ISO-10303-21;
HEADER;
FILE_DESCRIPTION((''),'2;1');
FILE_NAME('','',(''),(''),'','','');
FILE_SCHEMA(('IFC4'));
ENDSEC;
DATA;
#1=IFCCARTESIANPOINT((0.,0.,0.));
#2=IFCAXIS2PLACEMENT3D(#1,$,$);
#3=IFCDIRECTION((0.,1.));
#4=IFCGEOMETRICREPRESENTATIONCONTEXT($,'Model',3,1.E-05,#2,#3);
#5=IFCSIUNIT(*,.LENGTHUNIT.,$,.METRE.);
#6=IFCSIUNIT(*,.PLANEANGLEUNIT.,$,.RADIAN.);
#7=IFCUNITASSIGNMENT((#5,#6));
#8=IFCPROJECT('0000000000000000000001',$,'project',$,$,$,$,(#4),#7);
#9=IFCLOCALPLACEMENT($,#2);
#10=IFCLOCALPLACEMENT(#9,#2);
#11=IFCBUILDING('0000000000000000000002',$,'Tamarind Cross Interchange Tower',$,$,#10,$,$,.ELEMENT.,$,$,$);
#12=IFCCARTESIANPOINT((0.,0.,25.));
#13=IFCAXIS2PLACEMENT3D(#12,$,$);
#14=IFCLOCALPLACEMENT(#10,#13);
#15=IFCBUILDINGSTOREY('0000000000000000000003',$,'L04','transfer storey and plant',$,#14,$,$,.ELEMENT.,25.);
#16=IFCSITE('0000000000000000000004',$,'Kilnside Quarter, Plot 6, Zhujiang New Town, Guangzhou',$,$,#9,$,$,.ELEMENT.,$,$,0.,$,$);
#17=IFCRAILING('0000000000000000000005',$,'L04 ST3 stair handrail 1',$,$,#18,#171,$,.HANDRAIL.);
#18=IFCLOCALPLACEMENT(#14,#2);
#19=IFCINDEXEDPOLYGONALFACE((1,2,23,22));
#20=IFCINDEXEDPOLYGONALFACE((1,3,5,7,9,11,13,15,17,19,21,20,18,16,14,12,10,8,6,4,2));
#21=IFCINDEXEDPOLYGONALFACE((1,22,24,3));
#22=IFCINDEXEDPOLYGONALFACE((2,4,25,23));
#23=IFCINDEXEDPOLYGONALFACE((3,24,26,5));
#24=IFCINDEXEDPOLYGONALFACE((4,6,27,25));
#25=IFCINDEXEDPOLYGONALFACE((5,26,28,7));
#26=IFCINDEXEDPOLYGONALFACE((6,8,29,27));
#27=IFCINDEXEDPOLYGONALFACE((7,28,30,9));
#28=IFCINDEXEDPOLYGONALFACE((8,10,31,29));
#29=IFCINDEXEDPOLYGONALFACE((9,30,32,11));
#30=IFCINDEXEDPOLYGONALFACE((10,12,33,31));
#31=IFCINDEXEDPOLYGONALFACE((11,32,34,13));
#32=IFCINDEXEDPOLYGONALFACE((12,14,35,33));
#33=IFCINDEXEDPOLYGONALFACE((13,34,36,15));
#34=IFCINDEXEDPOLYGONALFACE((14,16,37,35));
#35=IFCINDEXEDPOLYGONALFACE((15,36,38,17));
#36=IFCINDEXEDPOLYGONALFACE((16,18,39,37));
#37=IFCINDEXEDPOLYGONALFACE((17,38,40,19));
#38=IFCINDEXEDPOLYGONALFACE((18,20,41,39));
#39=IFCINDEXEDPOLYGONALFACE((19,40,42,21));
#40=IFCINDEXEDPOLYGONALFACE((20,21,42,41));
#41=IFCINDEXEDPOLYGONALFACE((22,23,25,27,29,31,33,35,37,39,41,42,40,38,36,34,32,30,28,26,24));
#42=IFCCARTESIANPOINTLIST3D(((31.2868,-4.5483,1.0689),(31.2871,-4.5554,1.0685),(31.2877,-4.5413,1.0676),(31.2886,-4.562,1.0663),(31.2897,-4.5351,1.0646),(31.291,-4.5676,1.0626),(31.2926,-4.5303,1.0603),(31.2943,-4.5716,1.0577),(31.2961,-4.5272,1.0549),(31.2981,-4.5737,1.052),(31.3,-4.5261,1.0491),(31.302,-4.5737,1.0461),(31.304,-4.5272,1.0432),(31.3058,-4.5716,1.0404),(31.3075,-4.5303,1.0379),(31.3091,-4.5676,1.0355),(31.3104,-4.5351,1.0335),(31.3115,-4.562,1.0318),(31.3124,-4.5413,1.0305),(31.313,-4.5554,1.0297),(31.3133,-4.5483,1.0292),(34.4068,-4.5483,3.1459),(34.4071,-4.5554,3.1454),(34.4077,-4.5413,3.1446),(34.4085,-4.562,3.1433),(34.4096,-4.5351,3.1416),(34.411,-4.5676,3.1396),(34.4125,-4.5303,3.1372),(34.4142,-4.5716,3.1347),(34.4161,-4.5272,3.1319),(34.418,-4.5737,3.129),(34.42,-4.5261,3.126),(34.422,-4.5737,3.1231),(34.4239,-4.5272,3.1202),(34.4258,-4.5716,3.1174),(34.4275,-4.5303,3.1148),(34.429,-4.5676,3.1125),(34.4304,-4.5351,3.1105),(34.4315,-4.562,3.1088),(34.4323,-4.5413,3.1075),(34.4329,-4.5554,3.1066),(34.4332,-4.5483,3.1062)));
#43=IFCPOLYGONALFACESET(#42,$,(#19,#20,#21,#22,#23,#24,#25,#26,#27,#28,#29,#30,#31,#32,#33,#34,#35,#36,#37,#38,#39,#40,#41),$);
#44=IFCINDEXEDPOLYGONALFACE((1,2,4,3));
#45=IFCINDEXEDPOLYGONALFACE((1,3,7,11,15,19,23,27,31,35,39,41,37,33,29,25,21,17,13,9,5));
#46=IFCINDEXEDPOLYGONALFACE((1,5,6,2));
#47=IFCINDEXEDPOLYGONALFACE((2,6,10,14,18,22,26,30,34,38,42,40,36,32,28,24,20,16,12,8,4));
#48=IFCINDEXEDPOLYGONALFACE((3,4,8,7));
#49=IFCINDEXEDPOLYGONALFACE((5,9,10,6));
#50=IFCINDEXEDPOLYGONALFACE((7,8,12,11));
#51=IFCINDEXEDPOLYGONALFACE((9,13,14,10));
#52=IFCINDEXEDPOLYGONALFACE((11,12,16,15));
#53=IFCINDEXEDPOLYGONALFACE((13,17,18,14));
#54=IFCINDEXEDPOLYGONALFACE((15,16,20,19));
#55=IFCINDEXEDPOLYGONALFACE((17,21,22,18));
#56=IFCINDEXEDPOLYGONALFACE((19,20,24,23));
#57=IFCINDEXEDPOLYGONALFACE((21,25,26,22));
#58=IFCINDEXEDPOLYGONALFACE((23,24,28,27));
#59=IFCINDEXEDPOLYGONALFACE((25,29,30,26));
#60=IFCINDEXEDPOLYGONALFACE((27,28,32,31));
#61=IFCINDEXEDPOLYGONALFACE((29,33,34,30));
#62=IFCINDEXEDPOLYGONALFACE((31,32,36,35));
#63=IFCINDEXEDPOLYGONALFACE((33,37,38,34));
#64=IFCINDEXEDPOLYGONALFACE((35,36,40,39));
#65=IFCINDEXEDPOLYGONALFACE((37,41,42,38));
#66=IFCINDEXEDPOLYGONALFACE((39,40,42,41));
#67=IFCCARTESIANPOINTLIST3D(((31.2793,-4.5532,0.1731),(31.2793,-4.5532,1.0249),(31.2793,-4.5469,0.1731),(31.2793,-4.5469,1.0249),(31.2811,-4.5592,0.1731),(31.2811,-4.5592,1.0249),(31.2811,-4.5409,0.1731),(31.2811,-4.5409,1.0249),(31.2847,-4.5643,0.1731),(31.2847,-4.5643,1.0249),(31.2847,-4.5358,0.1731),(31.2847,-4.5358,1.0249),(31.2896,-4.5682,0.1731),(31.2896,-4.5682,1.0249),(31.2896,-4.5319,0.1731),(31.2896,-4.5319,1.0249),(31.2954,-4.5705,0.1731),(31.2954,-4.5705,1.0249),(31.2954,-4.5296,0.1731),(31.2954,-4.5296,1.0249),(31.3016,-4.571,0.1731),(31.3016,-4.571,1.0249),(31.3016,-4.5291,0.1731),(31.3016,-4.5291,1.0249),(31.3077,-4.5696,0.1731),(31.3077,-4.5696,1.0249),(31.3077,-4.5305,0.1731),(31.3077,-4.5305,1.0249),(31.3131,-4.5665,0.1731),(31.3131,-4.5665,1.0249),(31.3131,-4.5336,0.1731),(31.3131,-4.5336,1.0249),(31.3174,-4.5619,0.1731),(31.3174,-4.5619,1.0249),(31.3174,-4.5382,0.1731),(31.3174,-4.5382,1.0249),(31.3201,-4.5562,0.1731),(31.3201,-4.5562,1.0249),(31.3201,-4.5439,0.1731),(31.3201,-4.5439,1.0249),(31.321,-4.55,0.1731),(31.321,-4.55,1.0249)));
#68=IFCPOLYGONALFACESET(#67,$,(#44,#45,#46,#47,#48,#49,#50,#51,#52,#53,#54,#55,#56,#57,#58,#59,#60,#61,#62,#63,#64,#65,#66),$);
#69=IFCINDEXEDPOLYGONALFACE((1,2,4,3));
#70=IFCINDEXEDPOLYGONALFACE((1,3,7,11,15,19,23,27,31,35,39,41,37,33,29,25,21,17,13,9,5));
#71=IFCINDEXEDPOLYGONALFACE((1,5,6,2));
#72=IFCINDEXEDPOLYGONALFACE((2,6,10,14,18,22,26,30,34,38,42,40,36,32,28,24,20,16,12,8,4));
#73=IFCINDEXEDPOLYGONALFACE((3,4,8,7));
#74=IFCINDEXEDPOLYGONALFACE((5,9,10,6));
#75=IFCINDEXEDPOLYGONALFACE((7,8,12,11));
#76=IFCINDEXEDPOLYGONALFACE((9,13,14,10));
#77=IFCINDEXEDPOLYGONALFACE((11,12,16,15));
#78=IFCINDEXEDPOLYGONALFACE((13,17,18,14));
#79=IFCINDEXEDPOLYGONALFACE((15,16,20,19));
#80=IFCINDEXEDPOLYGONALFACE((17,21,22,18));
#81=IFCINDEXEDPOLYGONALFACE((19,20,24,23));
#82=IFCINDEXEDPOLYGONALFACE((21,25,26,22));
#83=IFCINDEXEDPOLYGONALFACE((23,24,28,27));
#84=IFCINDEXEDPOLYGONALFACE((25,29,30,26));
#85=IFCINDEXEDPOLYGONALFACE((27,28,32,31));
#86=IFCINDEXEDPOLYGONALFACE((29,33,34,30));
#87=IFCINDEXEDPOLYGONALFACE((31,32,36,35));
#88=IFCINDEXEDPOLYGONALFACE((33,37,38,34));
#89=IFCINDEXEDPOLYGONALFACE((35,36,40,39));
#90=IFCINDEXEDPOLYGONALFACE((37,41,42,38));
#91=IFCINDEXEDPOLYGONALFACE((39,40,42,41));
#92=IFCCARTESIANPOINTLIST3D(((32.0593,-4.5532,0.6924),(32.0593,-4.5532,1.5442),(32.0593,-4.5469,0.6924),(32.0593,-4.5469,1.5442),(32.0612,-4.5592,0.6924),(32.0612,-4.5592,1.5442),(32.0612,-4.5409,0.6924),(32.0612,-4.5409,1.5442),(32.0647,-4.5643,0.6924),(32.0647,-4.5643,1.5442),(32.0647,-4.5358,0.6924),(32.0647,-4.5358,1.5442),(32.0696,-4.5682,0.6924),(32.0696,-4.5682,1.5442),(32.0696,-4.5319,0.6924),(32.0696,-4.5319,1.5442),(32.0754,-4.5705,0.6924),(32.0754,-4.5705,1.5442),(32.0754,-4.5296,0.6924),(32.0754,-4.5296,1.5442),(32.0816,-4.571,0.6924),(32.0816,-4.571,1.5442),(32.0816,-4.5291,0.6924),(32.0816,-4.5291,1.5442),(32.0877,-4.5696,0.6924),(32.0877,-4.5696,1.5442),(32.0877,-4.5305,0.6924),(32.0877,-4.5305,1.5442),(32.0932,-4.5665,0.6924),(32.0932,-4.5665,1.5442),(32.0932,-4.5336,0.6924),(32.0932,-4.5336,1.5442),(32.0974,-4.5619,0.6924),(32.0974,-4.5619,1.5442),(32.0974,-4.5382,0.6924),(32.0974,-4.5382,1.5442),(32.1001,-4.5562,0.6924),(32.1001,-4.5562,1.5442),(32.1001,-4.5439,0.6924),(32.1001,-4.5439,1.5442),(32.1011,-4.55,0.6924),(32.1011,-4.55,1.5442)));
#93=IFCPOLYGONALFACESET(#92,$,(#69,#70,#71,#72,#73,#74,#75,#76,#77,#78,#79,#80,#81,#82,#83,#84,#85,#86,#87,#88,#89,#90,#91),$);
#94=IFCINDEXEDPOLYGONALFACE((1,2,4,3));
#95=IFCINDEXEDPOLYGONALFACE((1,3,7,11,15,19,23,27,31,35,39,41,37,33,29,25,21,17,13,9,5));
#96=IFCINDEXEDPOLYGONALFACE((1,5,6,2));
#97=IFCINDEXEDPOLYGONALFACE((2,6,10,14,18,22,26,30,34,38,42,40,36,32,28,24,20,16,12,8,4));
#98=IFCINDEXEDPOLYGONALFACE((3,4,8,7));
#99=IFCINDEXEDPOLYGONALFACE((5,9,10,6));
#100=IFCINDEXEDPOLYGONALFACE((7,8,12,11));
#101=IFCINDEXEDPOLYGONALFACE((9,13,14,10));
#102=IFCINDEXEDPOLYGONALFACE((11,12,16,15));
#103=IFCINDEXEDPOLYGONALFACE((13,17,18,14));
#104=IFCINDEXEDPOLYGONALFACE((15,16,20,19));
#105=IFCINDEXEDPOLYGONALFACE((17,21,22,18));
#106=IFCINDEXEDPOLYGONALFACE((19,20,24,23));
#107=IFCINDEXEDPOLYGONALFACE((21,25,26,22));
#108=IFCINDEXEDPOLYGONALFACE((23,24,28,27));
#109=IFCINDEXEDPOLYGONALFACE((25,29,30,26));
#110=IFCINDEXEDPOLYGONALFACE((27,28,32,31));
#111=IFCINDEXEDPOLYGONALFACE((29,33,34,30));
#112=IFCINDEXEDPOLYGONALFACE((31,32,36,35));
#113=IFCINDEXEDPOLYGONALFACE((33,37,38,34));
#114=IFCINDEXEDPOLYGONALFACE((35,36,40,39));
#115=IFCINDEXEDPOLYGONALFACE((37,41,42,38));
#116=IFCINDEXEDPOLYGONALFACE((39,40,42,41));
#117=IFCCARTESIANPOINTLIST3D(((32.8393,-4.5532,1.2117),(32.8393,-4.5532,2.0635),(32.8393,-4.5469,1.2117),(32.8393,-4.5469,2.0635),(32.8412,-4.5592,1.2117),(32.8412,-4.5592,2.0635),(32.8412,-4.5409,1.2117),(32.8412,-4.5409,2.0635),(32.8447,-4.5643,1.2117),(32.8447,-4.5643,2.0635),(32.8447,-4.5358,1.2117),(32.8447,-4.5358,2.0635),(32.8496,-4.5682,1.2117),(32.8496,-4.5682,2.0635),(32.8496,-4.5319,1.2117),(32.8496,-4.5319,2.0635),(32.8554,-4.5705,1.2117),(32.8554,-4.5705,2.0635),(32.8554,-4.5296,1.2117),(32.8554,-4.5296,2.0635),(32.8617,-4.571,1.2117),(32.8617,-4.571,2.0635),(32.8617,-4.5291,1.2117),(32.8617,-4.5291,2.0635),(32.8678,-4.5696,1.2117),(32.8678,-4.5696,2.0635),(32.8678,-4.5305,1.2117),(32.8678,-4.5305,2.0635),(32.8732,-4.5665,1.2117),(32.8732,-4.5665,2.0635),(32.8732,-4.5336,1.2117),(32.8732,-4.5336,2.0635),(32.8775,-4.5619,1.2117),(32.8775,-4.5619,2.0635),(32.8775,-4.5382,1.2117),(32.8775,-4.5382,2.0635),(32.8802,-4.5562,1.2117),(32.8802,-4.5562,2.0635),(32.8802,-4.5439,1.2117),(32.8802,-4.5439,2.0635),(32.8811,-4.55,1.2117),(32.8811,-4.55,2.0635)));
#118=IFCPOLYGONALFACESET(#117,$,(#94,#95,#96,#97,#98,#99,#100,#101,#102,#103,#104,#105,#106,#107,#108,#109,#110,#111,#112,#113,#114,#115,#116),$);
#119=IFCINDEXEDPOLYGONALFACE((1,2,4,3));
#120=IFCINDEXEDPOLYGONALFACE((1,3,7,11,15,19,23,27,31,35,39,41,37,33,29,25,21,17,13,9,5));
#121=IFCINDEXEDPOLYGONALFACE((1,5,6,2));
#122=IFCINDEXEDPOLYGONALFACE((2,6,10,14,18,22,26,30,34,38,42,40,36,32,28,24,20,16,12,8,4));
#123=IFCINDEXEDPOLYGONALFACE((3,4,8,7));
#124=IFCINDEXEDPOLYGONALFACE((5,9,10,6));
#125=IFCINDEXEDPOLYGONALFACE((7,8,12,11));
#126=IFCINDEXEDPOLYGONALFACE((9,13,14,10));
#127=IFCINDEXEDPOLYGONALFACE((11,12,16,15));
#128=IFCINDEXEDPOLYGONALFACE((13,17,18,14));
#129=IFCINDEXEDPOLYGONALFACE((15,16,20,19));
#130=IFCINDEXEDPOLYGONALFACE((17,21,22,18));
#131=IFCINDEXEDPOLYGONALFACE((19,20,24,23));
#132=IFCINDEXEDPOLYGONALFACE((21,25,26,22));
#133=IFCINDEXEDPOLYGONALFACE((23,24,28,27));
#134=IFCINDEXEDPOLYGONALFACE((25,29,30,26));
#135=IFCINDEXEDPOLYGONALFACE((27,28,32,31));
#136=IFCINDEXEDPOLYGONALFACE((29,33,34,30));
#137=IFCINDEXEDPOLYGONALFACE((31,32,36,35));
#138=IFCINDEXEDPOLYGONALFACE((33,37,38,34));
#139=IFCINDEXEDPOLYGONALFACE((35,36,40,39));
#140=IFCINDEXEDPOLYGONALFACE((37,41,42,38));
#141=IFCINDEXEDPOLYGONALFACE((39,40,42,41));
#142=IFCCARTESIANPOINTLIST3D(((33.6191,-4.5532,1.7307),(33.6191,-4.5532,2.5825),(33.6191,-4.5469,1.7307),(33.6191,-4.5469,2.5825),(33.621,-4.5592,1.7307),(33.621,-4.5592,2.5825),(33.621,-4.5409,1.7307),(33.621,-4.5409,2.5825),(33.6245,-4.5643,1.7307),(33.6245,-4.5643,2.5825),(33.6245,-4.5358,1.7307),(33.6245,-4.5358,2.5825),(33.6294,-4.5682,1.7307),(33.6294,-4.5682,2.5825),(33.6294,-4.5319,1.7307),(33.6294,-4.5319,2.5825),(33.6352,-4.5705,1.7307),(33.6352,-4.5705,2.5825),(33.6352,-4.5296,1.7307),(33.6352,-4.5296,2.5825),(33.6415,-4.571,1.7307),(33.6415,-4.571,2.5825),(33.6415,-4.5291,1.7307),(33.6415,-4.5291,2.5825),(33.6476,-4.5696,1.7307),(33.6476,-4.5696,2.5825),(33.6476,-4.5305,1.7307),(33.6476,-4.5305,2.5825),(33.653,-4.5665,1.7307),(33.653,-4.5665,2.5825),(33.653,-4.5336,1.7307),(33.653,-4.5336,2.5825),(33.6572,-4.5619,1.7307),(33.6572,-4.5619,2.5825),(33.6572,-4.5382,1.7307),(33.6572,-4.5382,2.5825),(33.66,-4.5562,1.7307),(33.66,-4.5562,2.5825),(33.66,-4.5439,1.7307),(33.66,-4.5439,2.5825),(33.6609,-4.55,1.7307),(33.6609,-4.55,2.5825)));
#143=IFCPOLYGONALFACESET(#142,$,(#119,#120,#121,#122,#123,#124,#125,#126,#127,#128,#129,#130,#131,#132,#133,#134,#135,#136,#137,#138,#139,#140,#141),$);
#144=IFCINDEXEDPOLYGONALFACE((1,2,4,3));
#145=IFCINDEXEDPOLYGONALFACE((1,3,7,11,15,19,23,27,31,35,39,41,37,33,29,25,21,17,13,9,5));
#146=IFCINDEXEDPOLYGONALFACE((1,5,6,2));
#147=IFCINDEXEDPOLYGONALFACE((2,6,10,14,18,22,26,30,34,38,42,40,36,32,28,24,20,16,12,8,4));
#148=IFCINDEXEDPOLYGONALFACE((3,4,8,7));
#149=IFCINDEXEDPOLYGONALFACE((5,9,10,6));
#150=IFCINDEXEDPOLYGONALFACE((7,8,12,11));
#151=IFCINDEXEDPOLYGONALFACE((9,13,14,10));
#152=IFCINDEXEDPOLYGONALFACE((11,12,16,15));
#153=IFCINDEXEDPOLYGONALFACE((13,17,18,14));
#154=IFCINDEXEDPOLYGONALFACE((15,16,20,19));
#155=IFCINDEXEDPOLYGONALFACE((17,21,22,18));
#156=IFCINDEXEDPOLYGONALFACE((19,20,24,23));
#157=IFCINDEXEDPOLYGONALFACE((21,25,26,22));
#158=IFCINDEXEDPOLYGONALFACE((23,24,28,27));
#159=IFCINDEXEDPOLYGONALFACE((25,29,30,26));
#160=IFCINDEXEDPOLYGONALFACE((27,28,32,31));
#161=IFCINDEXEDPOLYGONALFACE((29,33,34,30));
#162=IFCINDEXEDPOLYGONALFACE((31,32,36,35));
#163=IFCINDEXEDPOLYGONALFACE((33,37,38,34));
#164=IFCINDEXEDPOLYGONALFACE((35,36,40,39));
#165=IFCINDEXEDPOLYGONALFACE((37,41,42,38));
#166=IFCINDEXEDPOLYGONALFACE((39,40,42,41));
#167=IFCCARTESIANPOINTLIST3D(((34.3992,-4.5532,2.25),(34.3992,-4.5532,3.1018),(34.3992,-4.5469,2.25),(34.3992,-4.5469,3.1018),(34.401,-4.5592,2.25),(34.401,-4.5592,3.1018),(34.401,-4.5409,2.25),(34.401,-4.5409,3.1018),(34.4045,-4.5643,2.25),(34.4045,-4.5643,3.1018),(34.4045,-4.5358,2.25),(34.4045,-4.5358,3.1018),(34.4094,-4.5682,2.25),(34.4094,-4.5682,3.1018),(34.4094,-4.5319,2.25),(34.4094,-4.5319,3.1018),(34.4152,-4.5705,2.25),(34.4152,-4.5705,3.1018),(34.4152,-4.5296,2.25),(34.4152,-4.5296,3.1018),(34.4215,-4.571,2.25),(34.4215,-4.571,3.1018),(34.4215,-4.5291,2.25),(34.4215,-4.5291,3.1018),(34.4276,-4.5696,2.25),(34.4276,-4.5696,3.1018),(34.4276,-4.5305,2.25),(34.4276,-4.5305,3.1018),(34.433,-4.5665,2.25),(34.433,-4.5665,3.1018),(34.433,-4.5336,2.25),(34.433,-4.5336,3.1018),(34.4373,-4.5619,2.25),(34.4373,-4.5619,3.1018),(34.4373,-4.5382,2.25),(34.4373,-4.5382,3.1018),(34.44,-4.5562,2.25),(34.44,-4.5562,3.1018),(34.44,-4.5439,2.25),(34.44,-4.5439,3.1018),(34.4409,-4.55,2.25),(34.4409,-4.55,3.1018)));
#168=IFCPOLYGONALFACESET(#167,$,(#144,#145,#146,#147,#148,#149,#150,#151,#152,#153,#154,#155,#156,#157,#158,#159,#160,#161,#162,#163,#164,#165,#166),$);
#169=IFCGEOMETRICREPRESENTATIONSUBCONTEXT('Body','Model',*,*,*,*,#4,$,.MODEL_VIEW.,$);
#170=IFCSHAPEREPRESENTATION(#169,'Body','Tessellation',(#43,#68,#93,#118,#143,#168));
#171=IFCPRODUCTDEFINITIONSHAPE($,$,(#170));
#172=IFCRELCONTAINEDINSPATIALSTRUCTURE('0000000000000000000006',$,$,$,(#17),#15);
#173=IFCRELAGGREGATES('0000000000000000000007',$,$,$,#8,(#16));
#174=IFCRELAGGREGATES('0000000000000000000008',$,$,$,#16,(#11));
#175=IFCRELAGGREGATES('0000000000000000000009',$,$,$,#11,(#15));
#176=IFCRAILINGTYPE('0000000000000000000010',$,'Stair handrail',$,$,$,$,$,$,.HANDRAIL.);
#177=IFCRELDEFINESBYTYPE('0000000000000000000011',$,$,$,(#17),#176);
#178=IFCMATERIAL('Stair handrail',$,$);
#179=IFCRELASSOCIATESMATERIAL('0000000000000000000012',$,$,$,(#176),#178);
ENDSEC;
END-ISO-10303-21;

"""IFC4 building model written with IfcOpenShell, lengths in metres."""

from ifc_helpers import new_model, si_unit, direction, frame, origin, origin_2d, place, context, subcontext, project, spatial, circle, extrude, material, type_object, element, save


model = new_model("IFC4")

# Units and contexts
model_context = context("Model", 3, precision=1e-05, world=origin(), true_north=direction((0.0, 1.0)))
body_context = subcontext(model_context, "Body", "Model", "MODEL_VIEW")
ifc_project = project(units=[si_unit("LENGTHUNIT", "METRE"), si_unit("PLANEANGLEUNIT", "RADIAN")], contexts=[model_context])

# Site, building, storey
site_placement = place(None, origin())
site = spatial("IfcSite", under=ifc_project, at=site_placement, Name="Kilnside Quarter, Plot 6, Zhujiang New Town, Guangzhou", CompositionType="ELEMENT", RefElevation=0.0)
building_placement = place(site_placement, origin())
building = spatial("IfcBuilding", under=site, at=building_placement, Name="Tamarind Cross Interchange Tower", CompositionType="ELEMENT")
storey_placement = place(building_placement, frame((0.0, 0.0, 25.0)))
storey = spatial("IfcBuildingStorey", under=building, at=storey_placement, Name="L04", Description="transfer storey and plant", CompositionType="ELEMENT", Elevation=25.0)

# Railing
ifc_material_1 = material(Name="Stair handrail")
railing_type_1 = type_object("IfcRailingType", Name="Stair handrail", PredefinedType="HANDRAIL", material=ifc_material_1)
railing_1_placement = place(storey_placement, frame((31.3, -4.55, 0.1731)))
element("IfcRailing", 1, at=railing_1_placement, inside=storey, type_object=railing_type_1, Name="L04 ST3 stair handrail 1", PredefinedType="HANDRAIL", context=body_context, shape_type="SweptSolid", body=[
    extrude(circle(Radius=0.0239, at=origin_2d()), frame((0.0, 0.0, 0.876), z_axis=(0.832421, 0.0, 0.554144), x_axis=(0.0, 1.0, 0.0)), (0.0, 0.0, 1.0), 3.748),
    extrude(circle(Radius=0.021, at=origin_2d()), origin(), (0.0, 0.0, 1.0), 0.8518),
    extrude(circle(Radius=0.021, at=origin_2d()), frame((0.78, 0.0, 0.5193)), (0.0, 0.0, 1.0), 0.8518),
    extrude(circle(Radius=0.021, at=origin_2d()), frame((1.5601, 0.0, 1.0386)), (0.0, 0.0, 1.0), 0.8518),
    extrude(circle(Radius=0.021, at=origin_2d()), frame((2.3398, 0.0, 1.5576)), (0.0, 0.0, 1.0), 0.8518),
    extrude(circle(Radius=0.021, at=origin_2d()), frame((3.1199, 0.0, 2.0769)), (0.0, 0.0, 1.0), 0.8518),
])

save(model, "model.ifc")
